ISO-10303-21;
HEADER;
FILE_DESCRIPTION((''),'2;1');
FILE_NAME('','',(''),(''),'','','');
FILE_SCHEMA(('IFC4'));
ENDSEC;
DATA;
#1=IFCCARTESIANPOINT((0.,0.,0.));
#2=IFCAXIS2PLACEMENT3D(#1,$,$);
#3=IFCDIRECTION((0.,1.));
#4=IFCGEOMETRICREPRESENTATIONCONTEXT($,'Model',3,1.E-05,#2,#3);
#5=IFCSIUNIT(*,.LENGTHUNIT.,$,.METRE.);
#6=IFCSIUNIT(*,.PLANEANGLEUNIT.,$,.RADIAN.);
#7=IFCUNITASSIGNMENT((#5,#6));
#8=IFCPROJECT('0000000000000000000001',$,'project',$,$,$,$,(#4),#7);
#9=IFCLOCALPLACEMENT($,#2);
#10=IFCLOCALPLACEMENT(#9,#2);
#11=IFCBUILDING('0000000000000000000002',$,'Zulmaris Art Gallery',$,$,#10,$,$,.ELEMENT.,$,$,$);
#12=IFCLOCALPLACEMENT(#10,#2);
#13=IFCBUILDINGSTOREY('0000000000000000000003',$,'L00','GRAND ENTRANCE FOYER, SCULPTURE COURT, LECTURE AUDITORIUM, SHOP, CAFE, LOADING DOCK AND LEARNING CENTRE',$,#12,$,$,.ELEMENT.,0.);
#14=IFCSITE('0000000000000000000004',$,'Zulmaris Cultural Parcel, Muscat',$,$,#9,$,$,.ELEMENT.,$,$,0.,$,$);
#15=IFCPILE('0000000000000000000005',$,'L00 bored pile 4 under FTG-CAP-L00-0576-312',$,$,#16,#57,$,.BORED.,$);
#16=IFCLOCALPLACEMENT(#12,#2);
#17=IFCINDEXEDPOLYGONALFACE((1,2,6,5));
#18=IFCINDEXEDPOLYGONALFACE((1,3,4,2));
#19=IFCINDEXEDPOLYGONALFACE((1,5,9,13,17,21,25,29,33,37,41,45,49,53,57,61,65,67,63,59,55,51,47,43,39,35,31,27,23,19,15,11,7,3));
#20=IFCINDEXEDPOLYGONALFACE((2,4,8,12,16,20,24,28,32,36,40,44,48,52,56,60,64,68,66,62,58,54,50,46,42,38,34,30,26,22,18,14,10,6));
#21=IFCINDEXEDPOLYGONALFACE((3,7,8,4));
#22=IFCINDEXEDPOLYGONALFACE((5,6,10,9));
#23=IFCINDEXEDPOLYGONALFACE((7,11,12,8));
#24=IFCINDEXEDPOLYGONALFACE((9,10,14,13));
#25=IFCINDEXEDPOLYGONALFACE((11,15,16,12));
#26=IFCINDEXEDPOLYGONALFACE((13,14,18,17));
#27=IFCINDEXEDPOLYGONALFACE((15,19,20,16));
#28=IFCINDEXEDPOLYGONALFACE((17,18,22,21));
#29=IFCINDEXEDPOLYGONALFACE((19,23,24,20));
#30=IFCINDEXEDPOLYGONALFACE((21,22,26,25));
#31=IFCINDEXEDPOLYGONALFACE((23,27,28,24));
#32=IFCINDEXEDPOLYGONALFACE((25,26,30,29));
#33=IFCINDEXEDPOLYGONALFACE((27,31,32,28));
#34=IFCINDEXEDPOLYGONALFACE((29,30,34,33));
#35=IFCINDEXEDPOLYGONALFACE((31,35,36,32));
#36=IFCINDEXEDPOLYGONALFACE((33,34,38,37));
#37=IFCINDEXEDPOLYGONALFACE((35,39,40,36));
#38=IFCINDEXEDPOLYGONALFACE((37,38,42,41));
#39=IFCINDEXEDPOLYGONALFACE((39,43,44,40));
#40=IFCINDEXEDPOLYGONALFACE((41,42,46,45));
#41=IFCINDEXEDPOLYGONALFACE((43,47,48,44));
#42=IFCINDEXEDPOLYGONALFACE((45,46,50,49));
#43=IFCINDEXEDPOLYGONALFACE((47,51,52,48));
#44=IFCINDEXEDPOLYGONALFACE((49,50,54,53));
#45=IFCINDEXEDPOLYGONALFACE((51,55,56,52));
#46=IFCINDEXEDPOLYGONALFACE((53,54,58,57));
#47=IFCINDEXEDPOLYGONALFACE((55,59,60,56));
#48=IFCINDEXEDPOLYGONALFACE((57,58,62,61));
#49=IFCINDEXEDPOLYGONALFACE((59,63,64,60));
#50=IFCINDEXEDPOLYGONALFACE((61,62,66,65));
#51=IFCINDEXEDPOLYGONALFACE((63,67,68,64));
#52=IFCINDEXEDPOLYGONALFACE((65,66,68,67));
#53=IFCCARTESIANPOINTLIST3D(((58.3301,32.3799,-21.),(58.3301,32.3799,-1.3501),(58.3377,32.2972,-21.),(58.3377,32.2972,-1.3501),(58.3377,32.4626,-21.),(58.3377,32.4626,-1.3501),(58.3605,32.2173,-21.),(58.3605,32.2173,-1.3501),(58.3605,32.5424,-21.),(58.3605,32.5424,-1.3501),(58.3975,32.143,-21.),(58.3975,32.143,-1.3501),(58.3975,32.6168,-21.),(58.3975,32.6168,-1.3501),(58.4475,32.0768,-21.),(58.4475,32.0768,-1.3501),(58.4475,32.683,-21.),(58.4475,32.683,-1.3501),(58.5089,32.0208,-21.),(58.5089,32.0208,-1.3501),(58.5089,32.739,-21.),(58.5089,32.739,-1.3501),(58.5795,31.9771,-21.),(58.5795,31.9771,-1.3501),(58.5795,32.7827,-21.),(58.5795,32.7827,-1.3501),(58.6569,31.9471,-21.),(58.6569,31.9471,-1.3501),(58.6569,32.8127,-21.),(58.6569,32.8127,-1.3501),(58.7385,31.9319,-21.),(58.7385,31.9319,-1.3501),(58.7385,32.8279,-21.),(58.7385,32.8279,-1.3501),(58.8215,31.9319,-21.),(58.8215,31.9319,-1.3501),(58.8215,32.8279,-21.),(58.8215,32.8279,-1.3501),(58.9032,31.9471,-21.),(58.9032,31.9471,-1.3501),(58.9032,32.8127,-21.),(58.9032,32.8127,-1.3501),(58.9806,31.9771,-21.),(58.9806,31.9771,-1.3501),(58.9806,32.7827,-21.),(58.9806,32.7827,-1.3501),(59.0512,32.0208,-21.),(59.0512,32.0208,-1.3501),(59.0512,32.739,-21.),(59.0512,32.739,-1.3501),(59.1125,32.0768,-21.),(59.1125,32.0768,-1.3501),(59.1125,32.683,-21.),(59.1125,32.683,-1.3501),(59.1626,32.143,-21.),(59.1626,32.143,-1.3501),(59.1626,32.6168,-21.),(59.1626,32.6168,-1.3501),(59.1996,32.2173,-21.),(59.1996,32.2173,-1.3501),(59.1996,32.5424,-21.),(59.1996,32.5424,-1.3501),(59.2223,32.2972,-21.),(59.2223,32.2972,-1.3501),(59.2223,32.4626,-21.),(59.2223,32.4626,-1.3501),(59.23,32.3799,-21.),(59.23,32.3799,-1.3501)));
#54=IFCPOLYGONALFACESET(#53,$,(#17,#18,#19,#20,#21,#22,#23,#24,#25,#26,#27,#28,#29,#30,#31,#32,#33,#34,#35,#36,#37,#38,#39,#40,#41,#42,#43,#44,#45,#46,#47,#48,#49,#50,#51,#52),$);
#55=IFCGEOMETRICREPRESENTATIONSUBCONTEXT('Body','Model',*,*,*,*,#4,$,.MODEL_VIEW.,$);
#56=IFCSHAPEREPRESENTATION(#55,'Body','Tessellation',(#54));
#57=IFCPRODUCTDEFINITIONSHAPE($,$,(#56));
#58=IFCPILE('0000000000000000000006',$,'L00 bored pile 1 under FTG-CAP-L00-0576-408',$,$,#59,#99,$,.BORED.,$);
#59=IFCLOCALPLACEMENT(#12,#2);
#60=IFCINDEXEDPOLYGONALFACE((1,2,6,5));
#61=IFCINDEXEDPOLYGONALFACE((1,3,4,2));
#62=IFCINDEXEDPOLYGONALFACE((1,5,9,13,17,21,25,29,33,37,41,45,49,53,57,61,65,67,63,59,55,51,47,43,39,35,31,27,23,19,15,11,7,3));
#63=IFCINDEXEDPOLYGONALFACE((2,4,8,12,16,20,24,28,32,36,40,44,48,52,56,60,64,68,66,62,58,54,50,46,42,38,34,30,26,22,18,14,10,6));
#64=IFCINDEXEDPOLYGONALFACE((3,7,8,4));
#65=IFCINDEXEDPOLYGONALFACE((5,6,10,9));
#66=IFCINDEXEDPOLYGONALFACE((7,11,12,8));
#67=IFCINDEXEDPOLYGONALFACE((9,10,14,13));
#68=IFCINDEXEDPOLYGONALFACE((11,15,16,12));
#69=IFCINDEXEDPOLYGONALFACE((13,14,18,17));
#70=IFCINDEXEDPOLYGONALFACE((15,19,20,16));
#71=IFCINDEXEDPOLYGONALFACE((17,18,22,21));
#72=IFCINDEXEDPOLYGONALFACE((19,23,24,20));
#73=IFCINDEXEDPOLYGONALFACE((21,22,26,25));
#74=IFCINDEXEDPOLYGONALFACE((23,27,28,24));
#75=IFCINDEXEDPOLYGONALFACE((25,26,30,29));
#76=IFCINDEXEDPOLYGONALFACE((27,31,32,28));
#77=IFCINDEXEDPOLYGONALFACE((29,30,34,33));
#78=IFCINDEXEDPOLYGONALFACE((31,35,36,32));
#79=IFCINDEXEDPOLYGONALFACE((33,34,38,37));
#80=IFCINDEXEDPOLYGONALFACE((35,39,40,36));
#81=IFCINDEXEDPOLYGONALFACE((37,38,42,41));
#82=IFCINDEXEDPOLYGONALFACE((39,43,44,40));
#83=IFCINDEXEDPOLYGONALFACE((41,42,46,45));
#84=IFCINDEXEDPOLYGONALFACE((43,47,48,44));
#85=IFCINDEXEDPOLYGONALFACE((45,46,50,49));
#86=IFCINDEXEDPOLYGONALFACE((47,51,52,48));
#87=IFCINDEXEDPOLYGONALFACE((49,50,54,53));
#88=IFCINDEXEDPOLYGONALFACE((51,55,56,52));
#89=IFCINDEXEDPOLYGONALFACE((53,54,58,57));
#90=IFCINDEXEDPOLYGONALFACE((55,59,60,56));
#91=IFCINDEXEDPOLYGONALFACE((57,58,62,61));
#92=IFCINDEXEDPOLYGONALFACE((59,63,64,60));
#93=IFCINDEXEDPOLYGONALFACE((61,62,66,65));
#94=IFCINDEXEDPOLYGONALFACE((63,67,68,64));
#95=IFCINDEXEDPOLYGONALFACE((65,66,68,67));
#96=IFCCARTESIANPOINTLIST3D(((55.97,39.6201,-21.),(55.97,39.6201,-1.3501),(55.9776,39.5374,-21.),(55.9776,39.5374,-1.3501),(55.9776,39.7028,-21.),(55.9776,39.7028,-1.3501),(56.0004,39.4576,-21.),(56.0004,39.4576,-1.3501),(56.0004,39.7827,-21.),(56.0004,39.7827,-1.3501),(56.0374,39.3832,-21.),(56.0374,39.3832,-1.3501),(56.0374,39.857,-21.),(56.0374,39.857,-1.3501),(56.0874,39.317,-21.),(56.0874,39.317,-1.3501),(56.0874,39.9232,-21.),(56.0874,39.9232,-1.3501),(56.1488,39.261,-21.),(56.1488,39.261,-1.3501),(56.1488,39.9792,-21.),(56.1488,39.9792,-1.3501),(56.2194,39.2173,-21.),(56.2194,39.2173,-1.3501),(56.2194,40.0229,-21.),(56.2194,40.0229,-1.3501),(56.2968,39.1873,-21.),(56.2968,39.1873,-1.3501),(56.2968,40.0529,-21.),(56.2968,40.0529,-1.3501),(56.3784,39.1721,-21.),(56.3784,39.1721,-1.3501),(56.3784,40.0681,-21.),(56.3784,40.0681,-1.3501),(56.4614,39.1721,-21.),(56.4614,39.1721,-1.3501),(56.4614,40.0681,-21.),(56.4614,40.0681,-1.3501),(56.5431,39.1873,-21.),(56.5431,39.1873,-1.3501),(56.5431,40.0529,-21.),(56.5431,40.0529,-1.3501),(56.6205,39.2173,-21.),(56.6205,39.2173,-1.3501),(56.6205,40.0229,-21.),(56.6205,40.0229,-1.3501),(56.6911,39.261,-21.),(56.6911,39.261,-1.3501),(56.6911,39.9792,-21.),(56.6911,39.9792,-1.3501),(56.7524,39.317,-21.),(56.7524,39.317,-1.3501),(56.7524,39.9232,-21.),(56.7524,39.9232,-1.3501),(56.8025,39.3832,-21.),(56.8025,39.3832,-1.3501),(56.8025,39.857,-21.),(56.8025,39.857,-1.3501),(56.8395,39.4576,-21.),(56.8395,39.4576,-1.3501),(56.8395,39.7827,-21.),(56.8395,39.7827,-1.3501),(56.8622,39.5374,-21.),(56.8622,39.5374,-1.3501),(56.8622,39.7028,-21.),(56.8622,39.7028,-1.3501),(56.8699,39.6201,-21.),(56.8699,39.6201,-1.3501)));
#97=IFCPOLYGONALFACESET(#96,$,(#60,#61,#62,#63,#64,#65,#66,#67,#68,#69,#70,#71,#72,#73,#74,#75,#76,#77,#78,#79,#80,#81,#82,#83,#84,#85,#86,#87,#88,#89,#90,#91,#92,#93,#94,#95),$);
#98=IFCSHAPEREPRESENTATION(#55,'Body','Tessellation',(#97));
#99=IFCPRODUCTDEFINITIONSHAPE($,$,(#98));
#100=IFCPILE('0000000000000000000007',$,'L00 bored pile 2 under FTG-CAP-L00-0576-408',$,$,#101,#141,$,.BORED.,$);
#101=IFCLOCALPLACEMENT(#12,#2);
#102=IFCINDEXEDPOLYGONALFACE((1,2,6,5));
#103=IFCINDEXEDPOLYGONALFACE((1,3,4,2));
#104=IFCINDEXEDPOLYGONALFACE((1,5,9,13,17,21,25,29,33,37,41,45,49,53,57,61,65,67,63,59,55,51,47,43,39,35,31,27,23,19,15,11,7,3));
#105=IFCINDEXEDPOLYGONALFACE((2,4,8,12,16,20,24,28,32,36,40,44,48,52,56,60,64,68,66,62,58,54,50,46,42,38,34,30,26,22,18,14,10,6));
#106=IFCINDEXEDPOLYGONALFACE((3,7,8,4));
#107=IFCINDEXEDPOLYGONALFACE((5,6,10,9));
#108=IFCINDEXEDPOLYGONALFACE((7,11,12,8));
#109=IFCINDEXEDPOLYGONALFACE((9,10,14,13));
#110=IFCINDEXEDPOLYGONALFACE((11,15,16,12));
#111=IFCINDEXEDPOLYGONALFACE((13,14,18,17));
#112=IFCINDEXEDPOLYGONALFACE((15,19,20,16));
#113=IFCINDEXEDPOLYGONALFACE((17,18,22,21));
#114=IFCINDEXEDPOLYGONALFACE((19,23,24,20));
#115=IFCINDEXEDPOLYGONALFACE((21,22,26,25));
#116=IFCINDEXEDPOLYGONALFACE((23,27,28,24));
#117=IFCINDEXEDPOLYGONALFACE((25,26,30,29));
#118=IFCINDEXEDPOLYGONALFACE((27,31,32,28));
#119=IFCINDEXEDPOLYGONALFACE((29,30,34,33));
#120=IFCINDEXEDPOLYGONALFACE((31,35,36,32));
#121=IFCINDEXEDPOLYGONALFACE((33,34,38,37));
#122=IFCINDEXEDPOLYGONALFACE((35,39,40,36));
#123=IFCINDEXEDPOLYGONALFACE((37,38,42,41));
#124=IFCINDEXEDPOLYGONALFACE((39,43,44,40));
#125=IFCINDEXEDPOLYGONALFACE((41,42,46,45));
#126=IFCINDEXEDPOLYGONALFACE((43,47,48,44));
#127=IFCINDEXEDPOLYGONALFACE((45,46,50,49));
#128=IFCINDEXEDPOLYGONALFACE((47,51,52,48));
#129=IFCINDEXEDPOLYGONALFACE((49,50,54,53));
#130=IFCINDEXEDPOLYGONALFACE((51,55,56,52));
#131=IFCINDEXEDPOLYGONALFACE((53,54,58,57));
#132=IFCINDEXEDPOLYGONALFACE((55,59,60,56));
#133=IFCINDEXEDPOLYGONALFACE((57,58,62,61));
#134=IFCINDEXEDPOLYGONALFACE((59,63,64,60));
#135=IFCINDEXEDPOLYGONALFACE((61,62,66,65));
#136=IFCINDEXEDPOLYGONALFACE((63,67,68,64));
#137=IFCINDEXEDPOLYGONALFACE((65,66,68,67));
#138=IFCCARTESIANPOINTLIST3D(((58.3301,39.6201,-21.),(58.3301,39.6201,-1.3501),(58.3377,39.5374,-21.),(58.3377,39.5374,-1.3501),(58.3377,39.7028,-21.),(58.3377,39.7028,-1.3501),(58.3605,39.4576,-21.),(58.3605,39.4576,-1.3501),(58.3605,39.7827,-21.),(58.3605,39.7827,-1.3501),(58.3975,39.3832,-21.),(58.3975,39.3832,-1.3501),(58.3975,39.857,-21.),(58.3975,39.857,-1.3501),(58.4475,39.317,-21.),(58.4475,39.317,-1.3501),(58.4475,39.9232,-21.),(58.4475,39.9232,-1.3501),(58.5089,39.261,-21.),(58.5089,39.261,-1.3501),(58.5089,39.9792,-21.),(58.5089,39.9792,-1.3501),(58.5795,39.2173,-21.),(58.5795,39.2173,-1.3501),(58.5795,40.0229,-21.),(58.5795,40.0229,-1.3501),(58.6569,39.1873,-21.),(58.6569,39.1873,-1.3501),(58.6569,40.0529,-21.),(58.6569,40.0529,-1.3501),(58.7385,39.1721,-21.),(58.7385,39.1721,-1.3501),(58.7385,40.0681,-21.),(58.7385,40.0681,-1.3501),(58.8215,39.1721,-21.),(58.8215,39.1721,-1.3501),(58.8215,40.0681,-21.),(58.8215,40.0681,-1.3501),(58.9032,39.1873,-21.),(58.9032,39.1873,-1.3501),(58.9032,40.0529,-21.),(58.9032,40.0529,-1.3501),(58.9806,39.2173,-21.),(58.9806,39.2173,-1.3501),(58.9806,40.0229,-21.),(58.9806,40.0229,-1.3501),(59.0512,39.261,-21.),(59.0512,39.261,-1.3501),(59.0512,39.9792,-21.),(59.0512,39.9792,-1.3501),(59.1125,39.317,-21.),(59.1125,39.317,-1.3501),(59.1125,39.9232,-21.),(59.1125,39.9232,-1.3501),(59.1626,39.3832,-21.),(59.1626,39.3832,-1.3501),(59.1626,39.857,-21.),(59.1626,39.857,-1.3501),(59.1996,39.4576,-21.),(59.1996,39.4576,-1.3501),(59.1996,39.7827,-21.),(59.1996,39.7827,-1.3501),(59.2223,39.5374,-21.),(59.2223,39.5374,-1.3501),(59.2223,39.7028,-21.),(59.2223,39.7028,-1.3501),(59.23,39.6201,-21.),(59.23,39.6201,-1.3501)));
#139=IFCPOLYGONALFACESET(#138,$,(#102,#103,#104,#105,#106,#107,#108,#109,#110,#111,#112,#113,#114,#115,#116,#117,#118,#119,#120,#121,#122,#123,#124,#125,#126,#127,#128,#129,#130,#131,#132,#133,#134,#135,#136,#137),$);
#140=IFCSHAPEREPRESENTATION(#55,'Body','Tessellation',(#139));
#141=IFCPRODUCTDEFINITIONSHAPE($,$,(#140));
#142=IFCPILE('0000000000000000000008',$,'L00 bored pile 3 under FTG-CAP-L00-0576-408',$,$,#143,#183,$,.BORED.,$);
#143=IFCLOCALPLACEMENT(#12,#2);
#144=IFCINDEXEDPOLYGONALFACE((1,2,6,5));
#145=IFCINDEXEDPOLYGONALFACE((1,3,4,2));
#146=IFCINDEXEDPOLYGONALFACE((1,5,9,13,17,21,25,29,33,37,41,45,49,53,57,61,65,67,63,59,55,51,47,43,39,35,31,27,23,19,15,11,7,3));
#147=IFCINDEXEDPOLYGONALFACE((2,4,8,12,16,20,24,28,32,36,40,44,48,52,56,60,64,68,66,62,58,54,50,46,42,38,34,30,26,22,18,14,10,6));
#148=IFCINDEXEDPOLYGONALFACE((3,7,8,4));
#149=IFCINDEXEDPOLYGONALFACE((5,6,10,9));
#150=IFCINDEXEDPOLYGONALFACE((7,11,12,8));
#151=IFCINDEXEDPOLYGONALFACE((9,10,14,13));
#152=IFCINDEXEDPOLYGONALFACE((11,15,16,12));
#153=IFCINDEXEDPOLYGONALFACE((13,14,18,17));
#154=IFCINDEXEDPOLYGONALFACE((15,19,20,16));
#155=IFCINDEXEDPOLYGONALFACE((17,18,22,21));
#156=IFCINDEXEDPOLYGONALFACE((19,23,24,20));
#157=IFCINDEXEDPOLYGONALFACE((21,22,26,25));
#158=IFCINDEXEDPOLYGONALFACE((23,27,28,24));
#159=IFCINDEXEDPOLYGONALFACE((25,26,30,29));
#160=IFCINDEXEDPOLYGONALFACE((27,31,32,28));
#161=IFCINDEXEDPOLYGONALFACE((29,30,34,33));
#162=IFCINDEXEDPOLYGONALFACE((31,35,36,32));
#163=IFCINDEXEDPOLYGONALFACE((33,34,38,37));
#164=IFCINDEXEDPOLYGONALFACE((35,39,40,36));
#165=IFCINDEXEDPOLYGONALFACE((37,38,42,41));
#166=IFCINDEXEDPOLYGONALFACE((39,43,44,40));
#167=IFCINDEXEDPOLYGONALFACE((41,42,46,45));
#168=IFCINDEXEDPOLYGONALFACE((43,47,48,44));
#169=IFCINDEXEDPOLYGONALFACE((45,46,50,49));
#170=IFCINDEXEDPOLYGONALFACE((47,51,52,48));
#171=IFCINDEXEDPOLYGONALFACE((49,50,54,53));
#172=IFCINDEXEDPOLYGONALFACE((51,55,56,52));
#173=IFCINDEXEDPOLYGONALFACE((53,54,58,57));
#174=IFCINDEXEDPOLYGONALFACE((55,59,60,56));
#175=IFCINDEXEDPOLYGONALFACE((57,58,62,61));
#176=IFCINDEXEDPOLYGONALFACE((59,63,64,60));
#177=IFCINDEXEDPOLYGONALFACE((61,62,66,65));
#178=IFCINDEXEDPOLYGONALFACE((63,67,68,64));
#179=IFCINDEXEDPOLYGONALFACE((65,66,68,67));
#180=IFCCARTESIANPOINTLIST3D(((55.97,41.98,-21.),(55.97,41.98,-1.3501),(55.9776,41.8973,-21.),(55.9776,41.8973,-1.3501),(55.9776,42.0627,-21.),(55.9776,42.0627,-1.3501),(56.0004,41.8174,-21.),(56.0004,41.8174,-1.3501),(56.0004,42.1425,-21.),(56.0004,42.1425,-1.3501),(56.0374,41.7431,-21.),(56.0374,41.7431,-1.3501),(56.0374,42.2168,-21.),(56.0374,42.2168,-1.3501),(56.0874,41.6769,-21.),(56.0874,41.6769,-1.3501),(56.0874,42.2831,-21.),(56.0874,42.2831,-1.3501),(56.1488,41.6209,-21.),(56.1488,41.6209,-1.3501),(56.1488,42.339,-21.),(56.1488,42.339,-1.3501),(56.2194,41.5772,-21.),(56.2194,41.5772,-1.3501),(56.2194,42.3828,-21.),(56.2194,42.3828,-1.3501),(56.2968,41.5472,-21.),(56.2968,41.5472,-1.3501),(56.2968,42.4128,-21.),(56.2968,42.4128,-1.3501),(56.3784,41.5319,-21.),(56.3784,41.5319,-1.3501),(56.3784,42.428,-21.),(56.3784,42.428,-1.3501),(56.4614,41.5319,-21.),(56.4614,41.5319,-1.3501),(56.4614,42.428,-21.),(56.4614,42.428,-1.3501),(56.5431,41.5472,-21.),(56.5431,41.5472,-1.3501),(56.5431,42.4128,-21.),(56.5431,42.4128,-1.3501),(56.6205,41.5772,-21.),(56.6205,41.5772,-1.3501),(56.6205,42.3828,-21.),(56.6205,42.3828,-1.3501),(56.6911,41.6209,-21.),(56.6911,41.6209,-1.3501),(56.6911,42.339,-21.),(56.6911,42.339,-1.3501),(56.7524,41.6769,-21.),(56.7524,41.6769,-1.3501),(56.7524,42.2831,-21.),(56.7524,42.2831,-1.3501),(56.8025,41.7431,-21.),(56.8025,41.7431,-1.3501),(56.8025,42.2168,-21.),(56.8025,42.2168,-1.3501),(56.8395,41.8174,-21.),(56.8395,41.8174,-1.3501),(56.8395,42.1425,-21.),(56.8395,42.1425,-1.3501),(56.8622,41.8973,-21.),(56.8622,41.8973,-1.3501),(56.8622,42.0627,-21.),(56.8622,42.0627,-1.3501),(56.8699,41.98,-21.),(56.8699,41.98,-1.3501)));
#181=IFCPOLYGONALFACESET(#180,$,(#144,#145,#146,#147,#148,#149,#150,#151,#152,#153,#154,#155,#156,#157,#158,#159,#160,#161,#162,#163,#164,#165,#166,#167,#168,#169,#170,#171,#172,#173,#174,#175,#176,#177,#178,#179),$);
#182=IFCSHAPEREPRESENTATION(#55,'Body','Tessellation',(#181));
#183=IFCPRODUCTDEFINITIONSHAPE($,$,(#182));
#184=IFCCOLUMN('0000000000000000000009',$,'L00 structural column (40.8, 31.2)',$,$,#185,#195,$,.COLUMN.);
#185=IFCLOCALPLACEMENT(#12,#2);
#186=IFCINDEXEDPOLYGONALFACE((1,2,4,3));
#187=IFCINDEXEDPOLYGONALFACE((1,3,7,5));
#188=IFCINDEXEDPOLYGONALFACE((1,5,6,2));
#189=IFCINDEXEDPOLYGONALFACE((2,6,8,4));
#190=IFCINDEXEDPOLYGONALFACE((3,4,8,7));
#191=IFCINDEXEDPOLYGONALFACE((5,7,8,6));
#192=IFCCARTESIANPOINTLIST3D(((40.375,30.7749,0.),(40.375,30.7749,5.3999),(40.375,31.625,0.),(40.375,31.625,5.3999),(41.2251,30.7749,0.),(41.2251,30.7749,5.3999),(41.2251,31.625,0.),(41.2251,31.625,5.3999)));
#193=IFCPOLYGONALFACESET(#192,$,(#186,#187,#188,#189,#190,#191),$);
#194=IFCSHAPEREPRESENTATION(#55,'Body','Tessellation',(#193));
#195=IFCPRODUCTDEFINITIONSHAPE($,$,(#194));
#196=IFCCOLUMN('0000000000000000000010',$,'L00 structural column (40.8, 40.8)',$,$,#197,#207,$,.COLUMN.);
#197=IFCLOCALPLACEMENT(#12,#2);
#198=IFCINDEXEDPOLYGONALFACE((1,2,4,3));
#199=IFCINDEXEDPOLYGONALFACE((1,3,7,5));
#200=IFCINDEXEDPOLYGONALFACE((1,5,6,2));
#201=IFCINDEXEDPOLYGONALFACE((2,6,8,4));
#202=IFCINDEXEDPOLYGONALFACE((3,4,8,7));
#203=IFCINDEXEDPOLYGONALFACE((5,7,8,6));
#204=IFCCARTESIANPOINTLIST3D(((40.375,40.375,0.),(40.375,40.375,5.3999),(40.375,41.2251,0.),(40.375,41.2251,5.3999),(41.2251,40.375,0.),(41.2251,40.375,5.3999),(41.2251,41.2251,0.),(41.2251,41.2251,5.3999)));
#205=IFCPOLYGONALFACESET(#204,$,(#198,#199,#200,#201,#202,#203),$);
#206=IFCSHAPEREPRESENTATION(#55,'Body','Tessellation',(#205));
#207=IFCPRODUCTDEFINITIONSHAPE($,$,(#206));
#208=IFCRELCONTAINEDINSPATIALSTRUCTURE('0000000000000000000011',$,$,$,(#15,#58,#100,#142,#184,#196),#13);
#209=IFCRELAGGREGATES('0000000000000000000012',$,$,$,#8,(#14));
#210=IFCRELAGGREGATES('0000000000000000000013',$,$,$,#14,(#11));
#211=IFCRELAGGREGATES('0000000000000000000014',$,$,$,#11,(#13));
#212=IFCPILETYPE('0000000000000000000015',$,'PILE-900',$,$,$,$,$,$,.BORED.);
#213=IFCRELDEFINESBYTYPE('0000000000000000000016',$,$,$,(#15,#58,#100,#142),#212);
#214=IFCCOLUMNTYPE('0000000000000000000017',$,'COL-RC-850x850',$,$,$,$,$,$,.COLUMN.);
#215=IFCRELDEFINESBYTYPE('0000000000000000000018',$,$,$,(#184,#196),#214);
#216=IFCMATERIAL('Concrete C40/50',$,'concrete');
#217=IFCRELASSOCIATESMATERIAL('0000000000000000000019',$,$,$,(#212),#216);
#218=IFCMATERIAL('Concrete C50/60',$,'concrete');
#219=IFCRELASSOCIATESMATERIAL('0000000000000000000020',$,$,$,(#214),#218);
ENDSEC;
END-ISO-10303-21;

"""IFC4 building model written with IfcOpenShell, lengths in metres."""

from ifc_helpers import new_model, si_unit, direction, frame, origin, origin_2d, place, context, subcontext, project, spatial, rectangle, circle, extrude, material, material_profile, profile_set, type_object, element, save


model = new_model("IFC4")

# Units and contexts
model_context = context("Model", 3, precision=1e-05, world=origin(), true_north=direction((0.0, 1.0)))
body_context = subcontext(model_context, "Body", "Model", "MODEL_VIEW")
ifc_project = project(units=[si_unit("LENGTHUNIT", "METRE"), si_unit("PLANEANGLEUNIT", "RADIAN")], contexts=[model_context])

# Site, building, storey
site_placement = place(None, origin())
site = spatial("IfcSite", under=ifc_project, at=site_placement, Name="Zulmaris Cultural Parcel, Muscat", CompositionType="ELEMENT", RefElevation=0.0)
building_placement = place(site_placement, origin())
building = spatial("IfcBuilding", under=site, at=building_placement, Name="Zulmaris Art Gallery", CompositionType="ELEMENT")
storey_placement = place(building_placement, origin())
storey = spatial("IfcBuildingStorey", under=building, at=storey_placement, Name="L00", Description="GRAND ENTRANCE FOYER, SCULPTURE COURT, LECTURE AUDITORIUM, SHOP, CAFE, LOADING DOCK AND LEARNING CENTRE", CompositionType="ELEMENT", Elevation=0.0)

# Piles
ifc_material_1 = material(Name="Concrete C40/50", Category="concrete")
ifc_material_profile_1 = material_profile(ifc_material_1, circle(Radius=0.45, at=origin_2d()), Name="PILE DIA 900")
ifc_profile_set_1 = profile_set([ifc_material_profile_1], Name="Concrete C40/50")
pile_type_1 = type_object("IfcPileType", Name="PILE-900", PredefinedType="BORED", material=ifc_profile_set_1)
for number, where, z_axis, x_axis, name in (
    (1, (58.78, 32.3799, -1.3501), (0.0, 0.0, -1.0), (1.0, 0.0, 0.0), "L00 bored pile 4 under FTG-CAP-L00-0576-312"),
    (2, (56.4199, 39.6201, -1.3501), (0.0, 0.0, -1.0), (1.0, 0.0, 0.0), "L00 bored pile 1 under FTG-CAP-L00-0576-408"),
    (3, (58.78, 39.6201, -1.3501), (0.0, 0.0, -1.0), (1.0, 0.0, 0.0), "L00 bored pile 2 under FTG-CAP-L00-0576-408"),
    (4, (56.4199, 41.98, -1.3501), (0.0, 0.0, -1.0), (1.0, 0.0, 0.0), "L00 bored pile 3 under FTG-CAP-L00-0576-408"),
):
    element("IfcPile", number, at=place(storey_placement, frame(where, z_axis=z_axis, x_axis=x_axis)), inside=storey, type_object=pile_type_1, Name=name, PredefinedType="BORED", context=body_context, shape_type="SweptSolid", body=[
        extrude(circle(Radius=0.45, at=origin_2d()), origin(), (0.0, 0.0, 1.0), 19.6499),
    ])

# Columns
ifc_material_2 = material(Name="Concrete C50/60", Category="concrete")
ifc_material_profile_2 = material_profile(ifc_material_2, rectangle(XDim=0.8501, YDim=0.8501, at=origin_2d()), Name="RC 850x850")
ifc_profile_set_2 = profile_set([ifc_material_profile_2], Name="Concrete C50/60")
column_type = type_object("IfcColumnType", Name="COL-RC-850x850", PredefinedType="COLUMN", material=ifc_profile_set_2)
for number, where, z_axis, x_axis, name in (
    (5, (40.8, 31.2, 0.0), (0.0, 0.0, 1.0), (1.0, 0.0, 0.0), "L00 structural column (40.8, 31.2)"),
    (6, (40.8, 40.8, 0.0), (0.0, 0.0, 1.0), (1.0, 0.0, 0.0), "L00 structural column (40.8, 40.8)"),
):
    element("IfcColumn", number, at=place(storey_placement, frame(where, z_axis=z_axis, x_axis=x_axis)), inside=storey, type_object=column_type, Name=name, PredefinedType="COLUMN", context=body_context, shape_type="SweptSolid", body=[
        extrude(rectangle(XDim=0.8501, YDim=0.8501, at=origin_2d()), origin(), (0.0, 0.0, 1.0), 5.3999),
    ])

save(model, "model.ifc")
